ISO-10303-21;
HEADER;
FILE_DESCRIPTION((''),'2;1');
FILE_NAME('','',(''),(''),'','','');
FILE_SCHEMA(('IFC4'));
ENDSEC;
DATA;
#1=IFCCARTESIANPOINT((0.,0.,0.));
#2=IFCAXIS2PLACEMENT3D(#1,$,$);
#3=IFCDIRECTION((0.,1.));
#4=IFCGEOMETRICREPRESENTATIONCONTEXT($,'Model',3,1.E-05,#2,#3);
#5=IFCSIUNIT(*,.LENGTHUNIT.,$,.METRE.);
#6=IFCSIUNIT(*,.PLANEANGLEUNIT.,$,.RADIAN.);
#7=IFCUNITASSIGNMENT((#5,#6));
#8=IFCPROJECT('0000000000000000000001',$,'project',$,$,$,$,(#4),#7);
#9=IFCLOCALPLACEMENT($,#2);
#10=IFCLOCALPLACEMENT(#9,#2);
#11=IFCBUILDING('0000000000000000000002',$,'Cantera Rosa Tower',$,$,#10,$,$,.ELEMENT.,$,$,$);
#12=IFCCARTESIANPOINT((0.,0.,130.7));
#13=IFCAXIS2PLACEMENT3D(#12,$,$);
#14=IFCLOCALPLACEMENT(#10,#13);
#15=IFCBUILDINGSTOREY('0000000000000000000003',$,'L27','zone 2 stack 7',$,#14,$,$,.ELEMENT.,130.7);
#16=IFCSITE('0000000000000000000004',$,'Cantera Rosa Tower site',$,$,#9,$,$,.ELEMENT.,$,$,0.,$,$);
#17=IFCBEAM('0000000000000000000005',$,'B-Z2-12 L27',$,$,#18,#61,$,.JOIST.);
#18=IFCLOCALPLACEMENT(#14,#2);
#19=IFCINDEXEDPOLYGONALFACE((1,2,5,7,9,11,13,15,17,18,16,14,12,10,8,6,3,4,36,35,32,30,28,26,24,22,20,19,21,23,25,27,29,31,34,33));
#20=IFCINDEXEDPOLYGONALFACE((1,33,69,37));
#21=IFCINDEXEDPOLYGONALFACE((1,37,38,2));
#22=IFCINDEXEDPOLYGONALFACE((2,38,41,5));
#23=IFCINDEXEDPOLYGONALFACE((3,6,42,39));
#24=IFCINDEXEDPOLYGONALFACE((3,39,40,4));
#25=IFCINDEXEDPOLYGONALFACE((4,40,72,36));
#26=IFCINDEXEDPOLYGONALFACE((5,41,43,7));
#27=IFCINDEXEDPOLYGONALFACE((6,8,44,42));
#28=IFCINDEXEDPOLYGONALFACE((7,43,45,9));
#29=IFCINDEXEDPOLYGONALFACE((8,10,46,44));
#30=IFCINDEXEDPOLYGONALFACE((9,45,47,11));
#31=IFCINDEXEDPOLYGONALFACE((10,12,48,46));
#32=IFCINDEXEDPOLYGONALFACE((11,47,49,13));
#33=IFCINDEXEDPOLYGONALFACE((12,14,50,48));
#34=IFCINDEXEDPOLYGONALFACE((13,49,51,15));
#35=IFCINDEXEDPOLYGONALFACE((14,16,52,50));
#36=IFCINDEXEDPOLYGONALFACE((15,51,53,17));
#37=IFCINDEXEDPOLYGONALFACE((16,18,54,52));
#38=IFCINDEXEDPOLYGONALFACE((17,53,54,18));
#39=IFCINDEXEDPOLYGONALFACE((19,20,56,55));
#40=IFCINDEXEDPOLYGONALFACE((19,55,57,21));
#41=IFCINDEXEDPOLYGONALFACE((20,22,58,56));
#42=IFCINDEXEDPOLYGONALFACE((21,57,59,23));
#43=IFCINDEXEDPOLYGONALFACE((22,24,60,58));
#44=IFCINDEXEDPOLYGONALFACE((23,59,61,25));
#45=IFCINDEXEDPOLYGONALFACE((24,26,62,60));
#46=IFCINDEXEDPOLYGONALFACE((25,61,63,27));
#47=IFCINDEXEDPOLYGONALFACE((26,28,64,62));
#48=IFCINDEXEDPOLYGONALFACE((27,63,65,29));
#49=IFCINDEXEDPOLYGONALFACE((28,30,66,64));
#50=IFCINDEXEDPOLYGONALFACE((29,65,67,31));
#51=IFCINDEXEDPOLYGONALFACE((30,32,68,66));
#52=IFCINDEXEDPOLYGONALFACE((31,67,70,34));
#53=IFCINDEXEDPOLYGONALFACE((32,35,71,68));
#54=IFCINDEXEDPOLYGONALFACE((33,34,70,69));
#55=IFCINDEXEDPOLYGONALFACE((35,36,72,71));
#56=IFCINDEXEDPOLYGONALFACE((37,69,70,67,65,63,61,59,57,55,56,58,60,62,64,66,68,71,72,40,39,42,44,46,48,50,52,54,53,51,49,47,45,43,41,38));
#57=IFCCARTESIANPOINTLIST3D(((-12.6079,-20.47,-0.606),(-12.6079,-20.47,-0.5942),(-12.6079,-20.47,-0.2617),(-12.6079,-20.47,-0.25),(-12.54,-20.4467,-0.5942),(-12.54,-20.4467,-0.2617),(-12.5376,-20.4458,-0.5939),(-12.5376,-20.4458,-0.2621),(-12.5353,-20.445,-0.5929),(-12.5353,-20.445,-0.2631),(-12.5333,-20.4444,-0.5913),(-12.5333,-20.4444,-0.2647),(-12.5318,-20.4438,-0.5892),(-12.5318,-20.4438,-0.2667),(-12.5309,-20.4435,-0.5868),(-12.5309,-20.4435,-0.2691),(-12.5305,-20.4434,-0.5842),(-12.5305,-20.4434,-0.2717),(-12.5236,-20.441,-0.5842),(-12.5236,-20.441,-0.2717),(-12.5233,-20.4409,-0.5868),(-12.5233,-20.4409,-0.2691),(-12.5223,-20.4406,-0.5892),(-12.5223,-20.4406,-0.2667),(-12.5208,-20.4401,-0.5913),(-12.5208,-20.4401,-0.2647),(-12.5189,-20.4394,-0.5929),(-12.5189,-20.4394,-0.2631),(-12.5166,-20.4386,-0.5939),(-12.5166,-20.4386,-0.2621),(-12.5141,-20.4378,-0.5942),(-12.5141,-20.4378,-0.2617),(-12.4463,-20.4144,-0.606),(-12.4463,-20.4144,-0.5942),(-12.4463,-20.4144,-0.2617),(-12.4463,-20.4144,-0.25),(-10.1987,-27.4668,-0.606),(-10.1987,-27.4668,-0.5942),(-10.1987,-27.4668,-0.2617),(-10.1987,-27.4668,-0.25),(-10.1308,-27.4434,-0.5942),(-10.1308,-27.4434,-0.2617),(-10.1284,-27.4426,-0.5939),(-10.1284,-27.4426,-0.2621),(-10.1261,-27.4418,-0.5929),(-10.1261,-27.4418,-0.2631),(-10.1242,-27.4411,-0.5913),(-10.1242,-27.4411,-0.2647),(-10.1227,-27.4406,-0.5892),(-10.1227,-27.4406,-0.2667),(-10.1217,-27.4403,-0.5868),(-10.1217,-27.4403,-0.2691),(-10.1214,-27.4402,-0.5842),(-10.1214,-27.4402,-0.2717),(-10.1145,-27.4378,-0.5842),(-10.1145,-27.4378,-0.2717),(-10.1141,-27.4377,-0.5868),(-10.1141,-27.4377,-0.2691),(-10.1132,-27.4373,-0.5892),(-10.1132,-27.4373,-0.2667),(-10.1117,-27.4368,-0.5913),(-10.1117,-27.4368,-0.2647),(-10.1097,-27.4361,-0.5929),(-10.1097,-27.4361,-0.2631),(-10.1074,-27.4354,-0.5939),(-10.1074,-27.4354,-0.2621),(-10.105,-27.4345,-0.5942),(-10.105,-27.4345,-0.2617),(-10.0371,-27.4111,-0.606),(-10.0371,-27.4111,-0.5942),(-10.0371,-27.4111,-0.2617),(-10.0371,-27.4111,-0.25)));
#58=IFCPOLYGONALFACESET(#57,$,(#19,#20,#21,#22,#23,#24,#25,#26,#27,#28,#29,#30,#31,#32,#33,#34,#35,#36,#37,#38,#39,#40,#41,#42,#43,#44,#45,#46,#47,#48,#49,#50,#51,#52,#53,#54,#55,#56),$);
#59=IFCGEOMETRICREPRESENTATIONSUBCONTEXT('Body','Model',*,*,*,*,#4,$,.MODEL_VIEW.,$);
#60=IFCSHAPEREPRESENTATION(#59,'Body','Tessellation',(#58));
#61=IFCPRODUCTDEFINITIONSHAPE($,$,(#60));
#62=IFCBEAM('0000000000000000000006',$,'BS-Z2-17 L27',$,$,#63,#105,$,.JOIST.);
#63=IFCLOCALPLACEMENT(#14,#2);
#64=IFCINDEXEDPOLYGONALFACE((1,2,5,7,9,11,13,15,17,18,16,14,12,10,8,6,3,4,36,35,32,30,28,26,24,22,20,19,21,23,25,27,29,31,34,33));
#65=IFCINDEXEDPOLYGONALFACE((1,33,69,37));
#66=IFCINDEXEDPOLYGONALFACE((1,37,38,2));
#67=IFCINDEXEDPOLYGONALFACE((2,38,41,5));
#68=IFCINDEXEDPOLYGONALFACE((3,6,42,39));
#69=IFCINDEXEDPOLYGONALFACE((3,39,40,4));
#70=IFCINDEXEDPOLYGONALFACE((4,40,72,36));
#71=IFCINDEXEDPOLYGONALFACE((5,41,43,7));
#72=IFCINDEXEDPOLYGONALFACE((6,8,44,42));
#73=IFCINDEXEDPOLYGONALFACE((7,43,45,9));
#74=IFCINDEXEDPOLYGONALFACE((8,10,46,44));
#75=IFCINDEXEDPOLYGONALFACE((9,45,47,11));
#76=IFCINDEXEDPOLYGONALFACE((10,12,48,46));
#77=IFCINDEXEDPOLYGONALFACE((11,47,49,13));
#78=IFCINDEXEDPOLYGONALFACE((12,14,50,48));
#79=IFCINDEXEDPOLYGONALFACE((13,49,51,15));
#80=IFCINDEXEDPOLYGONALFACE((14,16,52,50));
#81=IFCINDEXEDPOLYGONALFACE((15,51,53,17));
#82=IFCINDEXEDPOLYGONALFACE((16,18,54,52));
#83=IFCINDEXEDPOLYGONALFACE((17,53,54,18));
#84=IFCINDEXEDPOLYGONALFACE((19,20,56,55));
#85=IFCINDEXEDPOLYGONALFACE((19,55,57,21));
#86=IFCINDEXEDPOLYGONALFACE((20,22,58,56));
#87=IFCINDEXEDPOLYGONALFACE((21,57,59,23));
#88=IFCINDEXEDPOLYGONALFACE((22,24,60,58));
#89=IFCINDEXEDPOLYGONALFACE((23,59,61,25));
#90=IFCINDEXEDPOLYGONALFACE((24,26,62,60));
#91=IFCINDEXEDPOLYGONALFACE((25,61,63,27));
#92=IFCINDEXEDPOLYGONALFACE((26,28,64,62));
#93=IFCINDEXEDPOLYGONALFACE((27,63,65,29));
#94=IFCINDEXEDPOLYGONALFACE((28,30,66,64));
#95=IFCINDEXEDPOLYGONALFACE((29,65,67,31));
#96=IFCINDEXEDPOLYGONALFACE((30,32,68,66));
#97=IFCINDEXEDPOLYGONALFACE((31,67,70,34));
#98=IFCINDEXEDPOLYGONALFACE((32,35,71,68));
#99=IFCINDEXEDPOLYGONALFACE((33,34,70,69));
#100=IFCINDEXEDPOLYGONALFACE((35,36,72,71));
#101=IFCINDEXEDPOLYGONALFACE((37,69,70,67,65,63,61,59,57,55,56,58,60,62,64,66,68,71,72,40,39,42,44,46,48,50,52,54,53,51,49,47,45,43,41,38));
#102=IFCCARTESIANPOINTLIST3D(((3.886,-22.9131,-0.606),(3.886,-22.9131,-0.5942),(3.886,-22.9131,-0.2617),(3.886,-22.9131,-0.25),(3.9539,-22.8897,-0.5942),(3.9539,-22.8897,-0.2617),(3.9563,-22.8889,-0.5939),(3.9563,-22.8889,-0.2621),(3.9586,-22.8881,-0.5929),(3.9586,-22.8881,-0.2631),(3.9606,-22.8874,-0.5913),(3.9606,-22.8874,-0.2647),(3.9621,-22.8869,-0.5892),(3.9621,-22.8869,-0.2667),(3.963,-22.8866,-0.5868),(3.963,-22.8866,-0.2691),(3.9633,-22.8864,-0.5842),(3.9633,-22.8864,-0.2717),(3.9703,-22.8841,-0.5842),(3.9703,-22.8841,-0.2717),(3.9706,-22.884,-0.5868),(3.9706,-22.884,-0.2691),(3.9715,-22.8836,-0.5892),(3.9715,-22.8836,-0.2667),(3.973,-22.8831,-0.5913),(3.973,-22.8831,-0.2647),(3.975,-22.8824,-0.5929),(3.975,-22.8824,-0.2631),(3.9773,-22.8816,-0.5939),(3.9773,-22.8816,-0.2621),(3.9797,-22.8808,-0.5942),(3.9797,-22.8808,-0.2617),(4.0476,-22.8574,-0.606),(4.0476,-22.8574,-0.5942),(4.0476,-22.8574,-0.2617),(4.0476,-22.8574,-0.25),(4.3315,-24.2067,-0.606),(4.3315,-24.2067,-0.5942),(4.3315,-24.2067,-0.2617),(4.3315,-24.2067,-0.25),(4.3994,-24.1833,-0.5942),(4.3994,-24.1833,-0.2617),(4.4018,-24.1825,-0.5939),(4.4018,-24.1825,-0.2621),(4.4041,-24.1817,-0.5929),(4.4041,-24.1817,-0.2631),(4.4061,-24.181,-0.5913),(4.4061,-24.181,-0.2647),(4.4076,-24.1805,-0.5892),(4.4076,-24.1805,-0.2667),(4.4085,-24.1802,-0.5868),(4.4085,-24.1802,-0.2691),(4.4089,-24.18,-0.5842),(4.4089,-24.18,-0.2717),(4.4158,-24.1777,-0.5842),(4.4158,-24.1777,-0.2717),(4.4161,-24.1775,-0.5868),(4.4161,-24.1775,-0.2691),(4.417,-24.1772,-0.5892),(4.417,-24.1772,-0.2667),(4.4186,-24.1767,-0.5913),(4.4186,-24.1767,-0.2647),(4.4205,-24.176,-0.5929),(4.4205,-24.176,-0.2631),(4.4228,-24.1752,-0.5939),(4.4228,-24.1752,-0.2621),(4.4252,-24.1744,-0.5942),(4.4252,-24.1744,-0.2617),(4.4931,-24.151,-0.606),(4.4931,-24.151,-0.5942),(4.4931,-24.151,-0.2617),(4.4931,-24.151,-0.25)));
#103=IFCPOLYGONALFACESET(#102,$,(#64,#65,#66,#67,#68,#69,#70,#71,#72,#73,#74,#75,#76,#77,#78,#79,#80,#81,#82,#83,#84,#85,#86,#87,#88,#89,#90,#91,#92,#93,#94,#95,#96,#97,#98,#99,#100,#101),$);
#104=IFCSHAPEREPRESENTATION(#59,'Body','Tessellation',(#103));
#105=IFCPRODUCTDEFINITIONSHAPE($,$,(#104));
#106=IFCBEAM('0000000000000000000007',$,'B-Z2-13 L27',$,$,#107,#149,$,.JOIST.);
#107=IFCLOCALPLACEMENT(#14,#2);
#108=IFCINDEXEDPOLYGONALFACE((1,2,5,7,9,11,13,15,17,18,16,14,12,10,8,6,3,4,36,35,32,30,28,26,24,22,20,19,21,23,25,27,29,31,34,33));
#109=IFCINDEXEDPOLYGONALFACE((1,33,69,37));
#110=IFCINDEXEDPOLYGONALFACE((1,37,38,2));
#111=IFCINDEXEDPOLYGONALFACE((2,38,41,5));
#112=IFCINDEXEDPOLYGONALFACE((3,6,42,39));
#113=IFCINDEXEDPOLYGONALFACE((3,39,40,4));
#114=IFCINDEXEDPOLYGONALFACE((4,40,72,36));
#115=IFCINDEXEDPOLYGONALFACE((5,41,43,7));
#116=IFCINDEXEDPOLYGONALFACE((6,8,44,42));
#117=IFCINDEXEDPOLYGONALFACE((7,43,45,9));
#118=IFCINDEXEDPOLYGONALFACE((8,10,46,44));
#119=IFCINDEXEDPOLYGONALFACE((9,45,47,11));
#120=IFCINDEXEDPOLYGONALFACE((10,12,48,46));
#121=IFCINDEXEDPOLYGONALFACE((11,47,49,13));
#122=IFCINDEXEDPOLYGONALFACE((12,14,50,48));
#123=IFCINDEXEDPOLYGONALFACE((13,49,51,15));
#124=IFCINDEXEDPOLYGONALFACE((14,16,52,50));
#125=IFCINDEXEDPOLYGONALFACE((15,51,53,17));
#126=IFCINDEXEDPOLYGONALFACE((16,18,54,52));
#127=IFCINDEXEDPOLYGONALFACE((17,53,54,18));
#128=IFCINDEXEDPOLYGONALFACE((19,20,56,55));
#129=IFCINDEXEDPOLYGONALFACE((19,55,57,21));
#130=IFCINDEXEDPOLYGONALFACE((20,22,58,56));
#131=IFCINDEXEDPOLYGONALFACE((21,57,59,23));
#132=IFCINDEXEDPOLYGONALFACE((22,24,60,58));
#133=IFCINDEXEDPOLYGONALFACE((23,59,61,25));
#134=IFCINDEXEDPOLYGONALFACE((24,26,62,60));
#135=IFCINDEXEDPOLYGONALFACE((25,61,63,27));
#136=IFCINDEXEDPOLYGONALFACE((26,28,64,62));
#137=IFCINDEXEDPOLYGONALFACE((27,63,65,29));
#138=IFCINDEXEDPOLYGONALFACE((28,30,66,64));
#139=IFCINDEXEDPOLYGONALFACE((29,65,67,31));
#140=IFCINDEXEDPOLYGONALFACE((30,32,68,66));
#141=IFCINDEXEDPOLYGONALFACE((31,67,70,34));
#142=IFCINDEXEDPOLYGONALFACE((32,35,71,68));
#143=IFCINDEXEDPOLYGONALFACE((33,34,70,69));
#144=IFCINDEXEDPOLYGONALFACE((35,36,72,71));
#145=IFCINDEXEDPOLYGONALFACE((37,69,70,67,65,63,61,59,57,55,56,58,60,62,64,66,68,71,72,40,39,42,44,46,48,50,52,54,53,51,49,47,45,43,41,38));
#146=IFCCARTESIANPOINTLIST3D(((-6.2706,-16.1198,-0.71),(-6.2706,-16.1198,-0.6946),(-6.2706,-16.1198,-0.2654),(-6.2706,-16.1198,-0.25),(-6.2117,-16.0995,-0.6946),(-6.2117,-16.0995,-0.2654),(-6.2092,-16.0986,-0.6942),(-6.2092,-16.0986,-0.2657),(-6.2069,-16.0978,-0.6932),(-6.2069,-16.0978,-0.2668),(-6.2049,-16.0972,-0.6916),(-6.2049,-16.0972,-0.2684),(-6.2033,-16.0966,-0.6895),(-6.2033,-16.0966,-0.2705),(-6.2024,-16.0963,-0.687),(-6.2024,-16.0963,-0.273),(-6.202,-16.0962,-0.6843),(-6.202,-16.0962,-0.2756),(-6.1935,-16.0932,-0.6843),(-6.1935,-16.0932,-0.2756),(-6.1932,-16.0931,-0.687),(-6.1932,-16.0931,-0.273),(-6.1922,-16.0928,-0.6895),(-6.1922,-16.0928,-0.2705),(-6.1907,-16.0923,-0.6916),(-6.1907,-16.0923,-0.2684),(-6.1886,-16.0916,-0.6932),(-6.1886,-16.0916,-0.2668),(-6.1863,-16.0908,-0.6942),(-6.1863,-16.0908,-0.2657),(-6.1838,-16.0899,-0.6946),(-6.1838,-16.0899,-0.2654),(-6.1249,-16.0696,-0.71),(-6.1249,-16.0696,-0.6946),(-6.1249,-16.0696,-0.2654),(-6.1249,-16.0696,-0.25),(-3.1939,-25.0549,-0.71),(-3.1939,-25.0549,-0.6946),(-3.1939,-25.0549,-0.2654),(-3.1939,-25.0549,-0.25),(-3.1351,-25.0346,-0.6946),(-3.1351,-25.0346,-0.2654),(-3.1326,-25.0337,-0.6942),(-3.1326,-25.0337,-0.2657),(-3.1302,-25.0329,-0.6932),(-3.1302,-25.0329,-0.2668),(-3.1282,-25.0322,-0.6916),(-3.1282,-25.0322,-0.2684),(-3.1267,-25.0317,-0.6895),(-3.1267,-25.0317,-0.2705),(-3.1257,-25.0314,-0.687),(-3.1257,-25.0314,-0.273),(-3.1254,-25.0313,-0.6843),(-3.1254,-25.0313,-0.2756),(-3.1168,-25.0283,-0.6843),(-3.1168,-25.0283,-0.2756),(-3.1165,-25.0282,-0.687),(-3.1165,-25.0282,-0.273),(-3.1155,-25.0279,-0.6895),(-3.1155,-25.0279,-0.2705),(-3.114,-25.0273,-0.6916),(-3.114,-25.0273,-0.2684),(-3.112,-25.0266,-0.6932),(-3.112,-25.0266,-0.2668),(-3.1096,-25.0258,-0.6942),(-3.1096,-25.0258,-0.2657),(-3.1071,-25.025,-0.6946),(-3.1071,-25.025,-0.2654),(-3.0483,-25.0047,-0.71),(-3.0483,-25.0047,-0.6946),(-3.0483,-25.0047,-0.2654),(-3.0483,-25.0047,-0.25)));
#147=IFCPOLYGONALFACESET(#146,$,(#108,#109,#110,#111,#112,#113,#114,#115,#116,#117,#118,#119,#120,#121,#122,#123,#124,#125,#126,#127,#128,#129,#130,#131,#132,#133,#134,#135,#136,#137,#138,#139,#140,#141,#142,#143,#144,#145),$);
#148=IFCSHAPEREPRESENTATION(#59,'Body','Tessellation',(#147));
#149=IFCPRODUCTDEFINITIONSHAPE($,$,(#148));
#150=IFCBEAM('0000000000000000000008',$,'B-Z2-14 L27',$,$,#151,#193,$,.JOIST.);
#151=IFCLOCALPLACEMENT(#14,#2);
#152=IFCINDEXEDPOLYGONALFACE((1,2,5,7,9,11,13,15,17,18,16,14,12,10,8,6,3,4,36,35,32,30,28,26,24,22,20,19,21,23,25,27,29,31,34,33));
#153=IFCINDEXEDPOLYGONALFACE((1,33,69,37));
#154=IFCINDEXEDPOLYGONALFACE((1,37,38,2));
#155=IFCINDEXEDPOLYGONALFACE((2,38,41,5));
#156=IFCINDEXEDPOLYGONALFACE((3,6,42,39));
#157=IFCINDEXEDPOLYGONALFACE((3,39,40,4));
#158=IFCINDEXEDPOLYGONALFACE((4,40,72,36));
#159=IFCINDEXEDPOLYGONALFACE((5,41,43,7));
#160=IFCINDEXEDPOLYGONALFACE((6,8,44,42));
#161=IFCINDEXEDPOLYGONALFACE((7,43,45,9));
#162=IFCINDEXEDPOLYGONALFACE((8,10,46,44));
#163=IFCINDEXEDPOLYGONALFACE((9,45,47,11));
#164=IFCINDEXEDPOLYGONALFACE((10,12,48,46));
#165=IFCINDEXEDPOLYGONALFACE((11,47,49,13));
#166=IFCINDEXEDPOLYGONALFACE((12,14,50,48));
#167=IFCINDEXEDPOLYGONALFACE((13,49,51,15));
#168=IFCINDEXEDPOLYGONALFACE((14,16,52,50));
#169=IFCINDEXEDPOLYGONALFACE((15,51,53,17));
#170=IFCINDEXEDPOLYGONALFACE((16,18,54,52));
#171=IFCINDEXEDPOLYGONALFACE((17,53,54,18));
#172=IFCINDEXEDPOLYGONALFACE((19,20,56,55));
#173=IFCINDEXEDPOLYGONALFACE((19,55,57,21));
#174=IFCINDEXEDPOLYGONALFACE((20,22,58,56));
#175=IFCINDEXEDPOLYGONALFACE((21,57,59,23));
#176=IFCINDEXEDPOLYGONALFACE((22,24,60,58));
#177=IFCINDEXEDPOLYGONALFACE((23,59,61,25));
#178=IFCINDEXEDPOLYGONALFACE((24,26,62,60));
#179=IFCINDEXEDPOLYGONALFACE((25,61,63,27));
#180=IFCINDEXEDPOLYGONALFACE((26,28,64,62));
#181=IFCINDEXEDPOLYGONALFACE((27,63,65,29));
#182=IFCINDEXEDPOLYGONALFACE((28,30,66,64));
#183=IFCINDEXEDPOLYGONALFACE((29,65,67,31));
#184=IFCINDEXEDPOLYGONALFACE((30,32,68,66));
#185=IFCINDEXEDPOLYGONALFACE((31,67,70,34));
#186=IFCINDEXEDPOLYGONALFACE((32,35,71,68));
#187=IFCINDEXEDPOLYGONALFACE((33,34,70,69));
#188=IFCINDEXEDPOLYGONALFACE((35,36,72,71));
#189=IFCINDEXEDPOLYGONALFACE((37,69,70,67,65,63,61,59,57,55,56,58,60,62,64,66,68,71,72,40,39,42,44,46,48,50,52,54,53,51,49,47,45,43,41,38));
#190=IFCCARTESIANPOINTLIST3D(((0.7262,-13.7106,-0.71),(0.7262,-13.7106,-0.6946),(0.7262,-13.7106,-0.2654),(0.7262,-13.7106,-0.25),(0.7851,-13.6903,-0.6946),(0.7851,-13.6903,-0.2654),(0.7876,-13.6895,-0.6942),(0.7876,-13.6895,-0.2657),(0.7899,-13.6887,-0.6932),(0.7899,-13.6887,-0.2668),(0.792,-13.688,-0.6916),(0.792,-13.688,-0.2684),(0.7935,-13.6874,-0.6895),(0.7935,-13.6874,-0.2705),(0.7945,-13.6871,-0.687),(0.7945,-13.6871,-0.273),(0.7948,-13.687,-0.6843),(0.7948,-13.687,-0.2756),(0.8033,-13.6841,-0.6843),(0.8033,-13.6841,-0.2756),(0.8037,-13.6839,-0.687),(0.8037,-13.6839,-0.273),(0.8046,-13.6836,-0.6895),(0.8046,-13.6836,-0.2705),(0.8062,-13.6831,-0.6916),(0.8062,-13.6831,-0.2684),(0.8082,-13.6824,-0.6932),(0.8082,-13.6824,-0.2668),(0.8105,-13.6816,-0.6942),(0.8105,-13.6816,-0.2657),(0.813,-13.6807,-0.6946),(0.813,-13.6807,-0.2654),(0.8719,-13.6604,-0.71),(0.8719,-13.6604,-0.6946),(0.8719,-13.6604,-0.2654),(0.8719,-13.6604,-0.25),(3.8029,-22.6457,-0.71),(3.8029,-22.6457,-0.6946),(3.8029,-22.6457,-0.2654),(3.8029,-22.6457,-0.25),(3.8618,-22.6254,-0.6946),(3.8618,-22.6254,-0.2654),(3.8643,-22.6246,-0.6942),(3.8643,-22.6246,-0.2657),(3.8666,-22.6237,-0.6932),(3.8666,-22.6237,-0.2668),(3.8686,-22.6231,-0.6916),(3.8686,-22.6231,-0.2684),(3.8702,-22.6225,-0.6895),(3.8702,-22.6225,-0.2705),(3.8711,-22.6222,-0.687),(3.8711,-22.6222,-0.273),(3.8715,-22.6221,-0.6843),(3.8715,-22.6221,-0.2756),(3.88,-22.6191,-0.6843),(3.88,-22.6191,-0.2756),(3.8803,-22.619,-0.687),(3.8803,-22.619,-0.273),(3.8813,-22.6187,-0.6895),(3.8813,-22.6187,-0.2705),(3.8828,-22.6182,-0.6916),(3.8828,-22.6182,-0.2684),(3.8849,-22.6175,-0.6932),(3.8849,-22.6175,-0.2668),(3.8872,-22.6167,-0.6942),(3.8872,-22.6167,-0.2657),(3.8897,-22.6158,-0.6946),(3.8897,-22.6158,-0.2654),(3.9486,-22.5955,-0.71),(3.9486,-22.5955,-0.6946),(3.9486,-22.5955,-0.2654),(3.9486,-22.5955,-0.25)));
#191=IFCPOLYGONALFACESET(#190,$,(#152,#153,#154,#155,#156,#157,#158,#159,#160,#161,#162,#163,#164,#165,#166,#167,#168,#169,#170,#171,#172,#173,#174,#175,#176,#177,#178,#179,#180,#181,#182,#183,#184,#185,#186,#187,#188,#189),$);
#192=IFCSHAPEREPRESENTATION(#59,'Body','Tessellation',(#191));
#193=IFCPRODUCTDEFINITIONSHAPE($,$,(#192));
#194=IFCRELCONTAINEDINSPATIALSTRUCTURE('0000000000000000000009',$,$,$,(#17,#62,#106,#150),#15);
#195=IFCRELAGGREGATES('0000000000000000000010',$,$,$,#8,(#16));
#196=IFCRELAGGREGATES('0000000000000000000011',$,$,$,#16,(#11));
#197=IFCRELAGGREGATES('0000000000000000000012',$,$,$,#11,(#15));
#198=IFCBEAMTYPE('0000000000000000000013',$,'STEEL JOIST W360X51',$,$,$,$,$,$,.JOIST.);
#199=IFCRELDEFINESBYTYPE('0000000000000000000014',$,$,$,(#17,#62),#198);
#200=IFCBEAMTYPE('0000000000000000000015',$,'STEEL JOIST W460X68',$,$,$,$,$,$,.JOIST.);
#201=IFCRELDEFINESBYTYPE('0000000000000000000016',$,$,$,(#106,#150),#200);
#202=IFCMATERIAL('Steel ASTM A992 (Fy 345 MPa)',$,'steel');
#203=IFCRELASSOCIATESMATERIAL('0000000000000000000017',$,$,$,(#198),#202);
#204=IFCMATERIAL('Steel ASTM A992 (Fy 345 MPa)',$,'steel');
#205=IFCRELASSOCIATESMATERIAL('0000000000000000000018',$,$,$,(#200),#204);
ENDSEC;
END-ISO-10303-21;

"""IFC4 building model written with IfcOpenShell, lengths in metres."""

from ifc_helpers import new_model, si_unit, direction, frame, origin, origin_2d, place, context, subcontext, project, spatial, i_section, extrude, material, material_profile, profile_set, type_object, element, save


model = new_model("IFC4")

# Units and contexts
model_context = context("Model", 3, precision=1e-05, world=origin(), true_north=direction((0.0, 1.0)))
body_context = subcontext(model_context, "Body", "Model", "MODEL_VIEW")
ifc_project = project(units=[si_unit("LENGTHUNIT", "METRE"), si_unit("PLANEANGLEUNIT", "RADIAN")], contexts=[model_context])

# Site, building, storey
site_placement = place(None, origin())
site = spatial("IfcSite", under=ifc_project, at=site_placement, Name="Cantera Rosa Tower site", CompositionType="ELEMENT", RefElevation=0.0)
building_placement = place(site_placement, origin())
building = spatial("IfcBuilding", under=site, at=building_placement, Name="Cantera Rosa Tower", CompositionType="ELEMENT")
storey_placement = place(building_placement, frame((0.0, 0.0, 130.7)))
storey = spatial("IfcBuildingStorey", under=building, at=storey_placement, Name="L27", Description="zone 2 stack 7", CompositionType="ELEMENT", Elevation=130.7)

# Beams
ifc_material_1 = material(Name="Steel ASTM A992 (Fy 345 MPa)", Category="steel")
ifc_material_profile_1 = material_profile(ifc_material_1, i_section(OverallWidth=0.1709, OverallDepth=0.356, WebThickness=0.0073, FlangeThickness=0.0117, FilletRadius=0.01, at=origin_2d()), Name="W360X51")
ifc_profile_set_1 = profile_set([ifc_material_profile_1], Name="Steel ASTM A992 (Fy 345 MPa)")
beam_type_1 = type_object("IfcBeamType", Name="STEEL JOIST W360X51", PredefinedType="JOIST", material=ifc_profile_set_1)
beam_1_placement = place(storey_placement, frame((-10.1179, -27.439, -0.428), z_axis=(-0.325566, 0.945519, 0.0), x_axis=(-0.945519, -0.325566, 0.0)))
element("IfcBeam", 1, at=beam_1_placement, inside=storey, type_object=beam_type_1, Name="B-Z2-12 L27", PredefinedType="JOIST", context=body_context, shape_type="SweptSolid", body=[
    extrude(i_section(OverallWidth=0.1709, OverallDepth=0.356, WebThickness=0.0073, FlangeThickness=0.0117, FilletRadius=0.01, at=origin_2d()), origin(), (0.0, 0.0, 1.0), 7.3999),
])
beam_2_placement = place(storey_placement, frame((3.9668, -22.8853, -0.428), z_axis=(0.325633, -0.945496, 0.0), x_axis=(0.945496, 0.325633, 0.0)))
element("IfcBeam", 2, at=beam_2_placement, inside=storey, type_object=beam_type_1, Name="BS-Z2-17 L27", PredefinedType="JOIST", context=body_context, shape_type="SweptSolid", body=[
    extrude(i_section(OverallWidth=0.1709, OverallDepth=0.356, WebThickness=0.0073, FlangeThickness=0.0117, FilletRadius=0.01, at=origin_2d()), origin(), (0.0, 0.0, 1.0), 1.3682),
])
ifc_material_2 = material(Name="Steel ASTM A992 (Fy 345 MPa)", Category="steel")
ifc_material_profile_2 = material_profile(ifc_material_2, i_section(OverallWidth=0.1541, OverallDepth=0.46, WebThickness=0.009, FlangeThickness=0.0154, FilletRadius=0.0103, at=origin_2d()), Name="W460X68")
ifc_profile_set_2 = profile_set([ifc_material_profile_2], Name="Steel ASTM A992 (Fy 345 MPa)")
beam_type_2 = type_object("IfcBeamType", Name="STEEL JOIST W460X68", PredefinedType="JOIST", material=ifc_profile_set_2)
for number, where, z_axis, x_axis, name in (
    (3, (-3.1211, -25.0298, -0.48), (-0.325575, 0.945516, 0.0), (-0.945516, -0.325575, 0.0), "B-Z2-13 L27"),
    (4, (3.8757, -22.6206, -0.48), (-0.325575, 0.945516, 0.0), (-0.945516, -0.325575, 0.0), "B-Z2-14 L27"),
):
    element("IfcBeam", number, at=place(storey_placement, frame(where, z_axis=z_axis, x_axis=x_axis)), inside=storey, type_object=beam_type_2, Name=name, PredefinedType="JOIST", context=body_context, shape_type="SweptSolid", body=[
        extrude(i_section(OverallWidth=0.1541, OverallDepth=0.46, WebThickness=0.009, FlangeThickness=0.0154, FilletRadius=0.0103, at=origin_2d()), origin(), (0.0, 0.0, 1.0), 9.45),
    ])

save(model, "model.ifc")
